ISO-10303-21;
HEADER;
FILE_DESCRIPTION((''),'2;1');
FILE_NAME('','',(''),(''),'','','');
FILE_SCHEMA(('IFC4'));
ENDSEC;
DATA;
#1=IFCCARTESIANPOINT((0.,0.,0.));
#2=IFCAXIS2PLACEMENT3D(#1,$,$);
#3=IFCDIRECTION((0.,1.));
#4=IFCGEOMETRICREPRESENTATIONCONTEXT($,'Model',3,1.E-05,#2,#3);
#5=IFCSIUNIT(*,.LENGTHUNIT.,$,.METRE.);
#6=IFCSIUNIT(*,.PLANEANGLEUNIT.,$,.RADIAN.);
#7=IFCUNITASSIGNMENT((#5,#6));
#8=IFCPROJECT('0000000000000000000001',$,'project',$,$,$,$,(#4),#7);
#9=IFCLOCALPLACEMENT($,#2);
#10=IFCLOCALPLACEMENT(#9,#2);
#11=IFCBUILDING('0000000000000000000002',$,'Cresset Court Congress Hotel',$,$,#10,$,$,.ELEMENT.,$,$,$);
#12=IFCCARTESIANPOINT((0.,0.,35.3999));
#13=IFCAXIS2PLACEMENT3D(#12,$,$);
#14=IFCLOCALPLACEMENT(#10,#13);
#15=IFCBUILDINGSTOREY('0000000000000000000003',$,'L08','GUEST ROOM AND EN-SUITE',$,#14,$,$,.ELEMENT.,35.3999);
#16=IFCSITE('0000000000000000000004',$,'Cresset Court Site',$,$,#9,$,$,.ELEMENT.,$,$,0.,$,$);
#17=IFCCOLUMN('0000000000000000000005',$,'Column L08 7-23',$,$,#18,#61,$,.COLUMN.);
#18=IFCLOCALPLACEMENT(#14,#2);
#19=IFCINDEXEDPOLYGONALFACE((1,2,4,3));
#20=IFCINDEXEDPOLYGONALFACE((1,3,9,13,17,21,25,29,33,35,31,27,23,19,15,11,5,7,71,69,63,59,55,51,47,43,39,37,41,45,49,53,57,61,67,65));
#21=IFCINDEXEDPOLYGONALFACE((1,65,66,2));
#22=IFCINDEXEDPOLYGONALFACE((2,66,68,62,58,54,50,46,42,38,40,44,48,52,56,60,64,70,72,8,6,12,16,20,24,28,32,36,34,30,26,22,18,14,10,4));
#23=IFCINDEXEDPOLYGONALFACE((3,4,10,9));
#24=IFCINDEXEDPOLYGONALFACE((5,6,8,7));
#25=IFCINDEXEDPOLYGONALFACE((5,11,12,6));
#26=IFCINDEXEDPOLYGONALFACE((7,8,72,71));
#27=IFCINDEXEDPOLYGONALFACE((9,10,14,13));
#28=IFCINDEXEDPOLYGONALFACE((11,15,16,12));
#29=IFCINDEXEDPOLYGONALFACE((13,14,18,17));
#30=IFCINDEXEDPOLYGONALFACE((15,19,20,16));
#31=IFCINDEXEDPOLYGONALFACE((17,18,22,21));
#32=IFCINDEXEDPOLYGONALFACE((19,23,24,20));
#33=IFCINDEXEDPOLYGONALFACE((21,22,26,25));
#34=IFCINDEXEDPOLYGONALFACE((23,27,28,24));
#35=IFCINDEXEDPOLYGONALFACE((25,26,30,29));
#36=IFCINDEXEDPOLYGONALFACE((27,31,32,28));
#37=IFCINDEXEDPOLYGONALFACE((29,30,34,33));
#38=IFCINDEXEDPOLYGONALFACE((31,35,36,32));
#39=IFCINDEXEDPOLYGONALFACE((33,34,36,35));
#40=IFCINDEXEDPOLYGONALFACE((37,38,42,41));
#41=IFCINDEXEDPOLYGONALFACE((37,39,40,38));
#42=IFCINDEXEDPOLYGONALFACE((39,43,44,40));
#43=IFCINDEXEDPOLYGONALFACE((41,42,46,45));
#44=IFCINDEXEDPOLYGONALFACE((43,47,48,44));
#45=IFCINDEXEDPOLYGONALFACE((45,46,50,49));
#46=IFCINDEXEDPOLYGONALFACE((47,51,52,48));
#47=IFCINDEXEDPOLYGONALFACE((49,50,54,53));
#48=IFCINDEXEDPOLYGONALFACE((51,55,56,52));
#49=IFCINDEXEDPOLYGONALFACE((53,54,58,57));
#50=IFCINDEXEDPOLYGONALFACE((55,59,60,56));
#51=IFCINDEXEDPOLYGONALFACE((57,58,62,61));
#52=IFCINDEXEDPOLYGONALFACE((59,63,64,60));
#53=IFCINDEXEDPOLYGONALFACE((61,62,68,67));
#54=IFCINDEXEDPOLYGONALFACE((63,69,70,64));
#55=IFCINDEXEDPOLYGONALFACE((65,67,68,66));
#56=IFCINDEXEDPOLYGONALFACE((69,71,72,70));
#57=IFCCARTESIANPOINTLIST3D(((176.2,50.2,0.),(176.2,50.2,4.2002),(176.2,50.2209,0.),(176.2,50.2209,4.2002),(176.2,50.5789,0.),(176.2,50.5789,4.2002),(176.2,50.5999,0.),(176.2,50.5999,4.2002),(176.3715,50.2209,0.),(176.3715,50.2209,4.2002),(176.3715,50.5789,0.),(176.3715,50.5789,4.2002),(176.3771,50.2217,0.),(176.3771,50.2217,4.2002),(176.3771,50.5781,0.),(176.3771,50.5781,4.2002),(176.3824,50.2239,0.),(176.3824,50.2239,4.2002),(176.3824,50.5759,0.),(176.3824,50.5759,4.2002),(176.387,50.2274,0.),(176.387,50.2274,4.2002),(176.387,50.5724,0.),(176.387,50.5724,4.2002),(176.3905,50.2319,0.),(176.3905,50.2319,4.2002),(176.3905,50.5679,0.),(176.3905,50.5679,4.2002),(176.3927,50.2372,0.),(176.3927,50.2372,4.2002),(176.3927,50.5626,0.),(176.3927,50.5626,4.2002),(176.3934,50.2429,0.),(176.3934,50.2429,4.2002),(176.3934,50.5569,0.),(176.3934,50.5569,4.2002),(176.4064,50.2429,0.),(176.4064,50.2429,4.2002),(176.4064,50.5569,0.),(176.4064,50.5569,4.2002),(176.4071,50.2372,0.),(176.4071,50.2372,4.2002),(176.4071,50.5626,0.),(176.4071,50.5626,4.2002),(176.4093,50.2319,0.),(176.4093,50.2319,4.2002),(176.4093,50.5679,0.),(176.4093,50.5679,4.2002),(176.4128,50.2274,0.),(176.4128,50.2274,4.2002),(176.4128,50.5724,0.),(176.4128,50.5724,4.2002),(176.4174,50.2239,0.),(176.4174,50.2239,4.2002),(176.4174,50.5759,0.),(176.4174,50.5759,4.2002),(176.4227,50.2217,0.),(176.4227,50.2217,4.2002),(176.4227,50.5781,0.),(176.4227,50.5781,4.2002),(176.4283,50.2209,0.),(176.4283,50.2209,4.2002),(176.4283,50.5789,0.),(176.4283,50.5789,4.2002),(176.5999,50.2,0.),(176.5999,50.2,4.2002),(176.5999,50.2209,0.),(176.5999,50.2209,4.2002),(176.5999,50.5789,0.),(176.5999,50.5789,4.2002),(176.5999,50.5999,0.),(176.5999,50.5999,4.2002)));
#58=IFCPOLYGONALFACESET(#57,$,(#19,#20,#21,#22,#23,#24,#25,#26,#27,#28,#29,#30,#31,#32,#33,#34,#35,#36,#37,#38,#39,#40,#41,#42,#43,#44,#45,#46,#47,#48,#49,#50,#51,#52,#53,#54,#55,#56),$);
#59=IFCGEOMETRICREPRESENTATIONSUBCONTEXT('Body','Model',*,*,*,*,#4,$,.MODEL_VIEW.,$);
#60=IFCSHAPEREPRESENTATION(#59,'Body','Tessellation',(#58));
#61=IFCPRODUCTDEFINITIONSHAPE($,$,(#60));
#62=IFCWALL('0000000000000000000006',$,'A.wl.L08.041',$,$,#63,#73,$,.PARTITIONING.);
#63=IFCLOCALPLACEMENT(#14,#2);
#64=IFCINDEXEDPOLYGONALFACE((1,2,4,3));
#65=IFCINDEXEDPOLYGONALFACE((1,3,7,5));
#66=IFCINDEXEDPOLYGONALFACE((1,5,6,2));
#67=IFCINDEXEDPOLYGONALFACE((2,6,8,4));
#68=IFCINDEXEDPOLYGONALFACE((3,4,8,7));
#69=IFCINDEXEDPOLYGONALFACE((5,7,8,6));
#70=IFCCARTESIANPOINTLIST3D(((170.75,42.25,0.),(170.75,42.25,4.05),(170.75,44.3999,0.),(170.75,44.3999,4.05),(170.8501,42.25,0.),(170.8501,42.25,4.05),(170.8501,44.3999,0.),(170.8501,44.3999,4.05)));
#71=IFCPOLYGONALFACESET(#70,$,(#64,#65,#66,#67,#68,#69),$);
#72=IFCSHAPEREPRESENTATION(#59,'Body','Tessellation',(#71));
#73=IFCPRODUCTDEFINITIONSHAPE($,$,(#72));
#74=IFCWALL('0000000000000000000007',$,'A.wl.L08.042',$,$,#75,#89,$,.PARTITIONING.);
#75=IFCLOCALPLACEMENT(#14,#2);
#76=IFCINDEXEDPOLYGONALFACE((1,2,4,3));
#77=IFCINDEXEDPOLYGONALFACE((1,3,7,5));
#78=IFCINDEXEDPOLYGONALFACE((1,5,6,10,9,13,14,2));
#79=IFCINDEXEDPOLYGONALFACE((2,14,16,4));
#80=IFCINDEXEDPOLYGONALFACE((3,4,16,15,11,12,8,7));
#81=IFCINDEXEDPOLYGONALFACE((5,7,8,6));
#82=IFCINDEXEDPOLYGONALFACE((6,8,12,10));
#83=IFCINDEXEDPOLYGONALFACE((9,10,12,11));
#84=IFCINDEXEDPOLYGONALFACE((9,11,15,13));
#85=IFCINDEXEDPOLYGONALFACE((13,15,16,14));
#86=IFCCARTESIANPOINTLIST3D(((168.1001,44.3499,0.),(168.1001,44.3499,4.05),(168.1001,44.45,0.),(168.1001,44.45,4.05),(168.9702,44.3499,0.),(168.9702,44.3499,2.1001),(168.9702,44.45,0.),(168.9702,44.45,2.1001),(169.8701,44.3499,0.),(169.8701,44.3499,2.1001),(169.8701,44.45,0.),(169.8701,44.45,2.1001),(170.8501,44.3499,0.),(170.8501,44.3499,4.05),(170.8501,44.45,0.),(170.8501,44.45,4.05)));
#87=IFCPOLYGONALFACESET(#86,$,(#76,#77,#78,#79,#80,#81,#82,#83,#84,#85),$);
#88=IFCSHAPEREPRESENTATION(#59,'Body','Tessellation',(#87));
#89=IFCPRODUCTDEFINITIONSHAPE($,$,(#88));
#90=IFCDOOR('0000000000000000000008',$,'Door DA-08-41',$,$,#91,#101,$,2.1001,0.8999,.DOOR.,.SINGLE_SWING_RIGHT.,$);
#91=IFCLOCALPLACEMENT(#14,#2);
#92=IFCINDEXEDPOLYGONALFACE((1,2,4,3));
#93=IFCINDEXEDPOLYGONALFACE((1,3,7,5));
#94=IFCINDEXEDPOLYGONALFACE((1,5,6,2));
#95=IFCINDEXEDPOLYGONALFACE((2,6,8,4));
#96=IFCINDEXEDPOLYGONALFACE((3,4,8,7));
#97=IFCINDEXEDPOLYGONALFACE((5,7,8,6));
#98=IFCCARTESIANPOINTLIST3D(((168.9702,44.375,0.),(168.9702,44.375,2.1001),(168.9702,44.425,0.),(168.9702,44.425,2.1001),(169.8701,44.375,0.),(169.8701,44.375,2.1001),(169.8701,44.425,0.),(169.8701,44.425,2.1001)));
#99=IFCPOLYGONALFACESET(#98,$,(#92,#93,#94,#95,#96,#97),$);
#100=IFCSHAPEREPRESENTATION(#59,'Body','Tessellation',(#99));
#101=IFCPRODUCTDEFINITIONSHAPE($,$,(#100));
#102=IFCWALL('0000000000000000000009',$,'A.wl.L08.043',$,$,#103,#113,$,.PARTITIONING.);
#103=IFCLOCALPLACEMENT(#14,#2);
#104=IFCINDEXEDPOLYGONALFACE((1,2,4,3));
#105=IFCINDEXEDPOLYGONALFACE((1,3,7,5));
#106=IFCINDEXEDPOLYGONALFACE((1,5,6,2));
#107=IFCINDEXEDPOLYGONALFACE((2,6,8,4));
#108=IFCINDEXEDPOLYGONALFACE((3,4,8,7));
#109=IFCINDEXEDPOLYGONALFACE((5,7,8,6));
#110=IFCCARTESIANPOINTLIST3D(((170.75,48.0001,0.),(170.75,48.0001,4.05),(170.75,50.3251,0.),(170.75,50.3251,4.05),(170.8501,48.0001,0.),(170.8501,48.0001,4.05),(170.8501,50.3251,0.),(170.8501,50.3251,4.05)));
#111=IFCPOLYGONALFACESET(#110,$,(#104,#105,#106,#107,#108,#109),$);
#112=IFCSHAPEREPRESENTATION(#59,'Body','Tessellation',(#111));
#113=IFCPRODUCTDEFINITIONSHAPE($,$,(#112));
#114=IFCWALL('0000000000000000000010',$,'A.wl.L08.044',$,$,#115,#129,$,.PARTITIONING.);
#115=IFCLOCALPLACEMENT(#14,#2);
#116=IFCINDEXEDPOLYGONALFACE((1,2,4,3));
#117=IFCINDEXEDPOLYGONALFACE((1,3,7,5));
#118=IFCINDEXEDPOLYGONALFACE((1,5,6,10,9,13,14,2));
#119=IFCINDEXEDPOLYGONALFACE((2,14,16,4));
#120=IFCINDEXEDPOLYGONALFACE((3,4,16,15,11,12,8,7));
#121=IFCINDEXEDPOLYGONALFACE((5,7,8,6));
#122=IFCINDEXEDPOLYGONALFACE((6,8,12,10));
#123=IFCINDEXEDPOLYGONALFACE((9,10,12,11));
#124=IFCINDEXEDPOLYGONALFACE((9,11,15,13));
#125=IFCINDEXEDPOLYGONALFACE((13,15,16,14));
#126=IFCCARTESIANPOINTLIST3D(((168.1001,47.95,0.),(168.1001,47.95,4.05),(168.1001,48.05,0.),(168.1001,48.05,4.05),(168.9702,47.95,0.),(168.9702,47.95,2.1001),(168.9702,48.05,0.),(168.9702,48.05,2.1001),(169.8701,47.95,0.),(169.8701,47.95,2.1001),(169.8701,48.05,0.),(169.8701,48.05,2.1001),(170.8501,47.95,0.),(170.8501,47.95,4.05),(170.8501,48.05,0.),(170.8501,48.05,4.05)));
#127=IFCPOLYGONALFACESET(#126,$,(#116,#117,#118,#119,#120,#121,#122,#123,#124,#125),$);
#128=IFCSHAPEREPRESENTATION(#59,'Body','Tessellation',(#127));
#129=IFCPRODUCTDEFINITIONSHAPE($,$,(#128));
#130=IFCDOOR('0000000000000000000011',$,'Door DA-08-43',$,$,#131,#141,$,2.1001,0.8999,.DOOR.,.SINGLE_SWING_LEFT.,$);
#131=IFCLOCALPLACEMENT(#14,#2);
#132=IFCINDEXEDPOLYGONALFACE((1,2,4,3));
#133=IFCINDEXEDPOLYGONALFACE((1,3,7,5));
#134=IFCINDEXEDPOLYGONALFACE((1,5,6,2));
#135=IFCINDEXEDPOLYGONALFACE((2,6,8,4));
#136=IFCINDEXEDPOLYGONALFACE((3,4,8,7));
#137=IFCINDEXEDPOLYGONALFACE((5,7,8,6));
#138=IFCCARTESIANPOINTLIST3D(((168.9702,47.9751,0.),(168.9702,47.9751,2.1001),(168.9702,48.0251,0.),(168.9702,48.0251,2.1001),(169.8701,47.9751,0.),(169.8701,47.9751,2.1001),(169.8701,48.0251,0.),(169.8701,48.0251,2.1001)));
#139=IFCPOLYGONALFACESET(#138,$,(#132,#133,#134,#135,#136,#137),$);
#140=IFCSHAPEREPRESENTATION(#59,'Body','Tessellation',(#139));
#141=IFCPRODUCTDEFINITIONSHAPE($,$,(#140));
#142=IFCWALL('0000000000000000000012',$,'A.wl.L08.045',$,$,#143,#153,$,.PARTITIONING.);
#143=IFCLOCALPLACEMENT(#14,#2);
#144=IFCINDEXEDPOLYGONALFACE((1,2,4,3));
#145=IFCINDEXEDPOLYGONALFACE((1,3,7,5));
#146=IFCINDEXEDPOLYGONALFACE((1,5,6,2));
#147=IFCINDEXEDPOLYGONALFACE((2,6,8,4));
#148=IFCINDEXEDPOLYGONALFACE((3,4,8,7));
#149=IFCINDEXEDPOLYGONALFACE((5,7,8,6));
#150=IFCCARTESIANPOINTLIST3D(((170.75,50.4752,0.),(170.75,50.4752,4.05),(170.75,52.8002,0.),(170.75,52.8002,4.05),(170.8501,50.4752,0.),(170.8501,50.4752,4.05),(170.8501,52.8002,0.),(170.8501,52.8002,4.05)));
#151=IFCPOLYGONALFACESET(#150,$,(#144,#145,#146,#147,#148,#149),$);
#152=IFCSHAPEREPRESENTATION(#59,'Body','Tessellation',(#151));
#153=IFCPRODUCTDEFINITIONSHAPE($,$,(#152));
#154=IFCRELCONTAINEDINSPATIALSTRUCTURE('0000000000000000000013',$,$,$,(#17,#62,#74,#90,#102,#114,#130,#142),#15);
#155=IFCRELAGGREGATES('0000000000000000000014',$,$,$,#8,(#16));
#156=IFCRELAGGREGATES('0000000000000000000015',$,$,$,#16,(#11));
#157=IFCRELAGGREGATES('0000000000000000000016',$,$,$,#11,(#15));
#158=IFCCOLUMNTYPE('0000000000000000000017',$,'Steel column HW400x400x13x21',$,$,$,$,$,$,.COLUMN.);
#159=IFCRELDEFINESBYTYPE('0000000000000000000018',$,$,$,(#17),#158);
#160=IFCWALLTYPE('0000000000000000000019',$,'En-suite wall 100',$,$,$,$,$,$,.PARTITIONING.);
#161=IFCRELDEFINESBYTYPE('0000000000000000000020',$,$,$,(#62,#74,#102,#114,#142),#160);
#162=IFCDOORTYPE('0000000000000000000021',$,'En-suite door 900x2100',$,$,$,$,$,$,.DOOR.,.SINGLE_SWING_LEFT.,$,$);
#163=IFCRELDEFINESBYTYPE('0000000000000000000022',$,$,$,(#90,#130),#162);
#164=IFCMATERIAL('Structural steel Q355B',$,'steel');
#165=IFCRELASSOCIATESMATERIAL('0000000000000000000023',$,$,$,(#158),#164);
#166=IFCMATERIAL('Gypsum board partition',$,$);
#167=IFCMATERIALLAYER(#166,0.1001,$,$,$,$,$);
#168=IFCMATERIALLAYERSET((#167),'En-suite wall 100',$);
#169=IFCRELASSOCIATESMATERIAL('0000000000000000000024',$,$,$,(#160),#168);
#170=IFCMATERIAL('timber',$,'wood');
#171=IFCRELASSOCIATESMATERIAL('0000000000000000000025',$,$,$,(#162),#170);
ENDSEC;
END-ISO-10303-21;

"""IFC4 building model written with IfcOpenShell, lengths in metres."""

from ifc_helpers import new_model, si_unit, direction, frame, frame_2d, origin, origin_2d, place, context, subcontext, project, spatial, rectangle, i_section, extrude, material, layer, layer_set, material_profile, profile_set, type_object, element, fill, save


model = new_model("IFC4")

# Units and contexts
model_context = context("Model", 3, precision=1e-05, world=origin(), true_north=direction((0.0, 1.0)))
body_context = subcontext(model_context, "Body", "Model", "MODEL_VIEW")
ifc_project = project(units=[si_unit("LENGTHUNIT", "METRE"), si_unit("PLANEANGLEUNIT", "RADIAN")], contexts=[model_context])

# Site, building, storey
site_placement = place(None, origin())
site = spatial("IfcSite", under=ifc_project, at=site_placement, Name="Cresset Court Site", CompositionType="ELEMENT", RefElevation=0.0)
building_placement = place(site_placement, origin())
building = spatial("IfcBuilding", under=site, at=building_placement, Name="Cresset Court Congress Hotel", CompositionType="ELEMENT")
storey_placement = place(building_placement, frame((0.0, 0.0, 35.3999)))
storey = spatial("IfcBuildingStorey", under=building, at=storey_placement, Name="L08", Description="GUEST ROOM AND EN-SUITE", CompositionType="ELEMENT", Elevation=35.3999)

# Column
ifc_material_1 = material(Name="Structural steel Q355B", Category="steel")
ifc_material_profile = material_profile(ifc_material_1, i_section(OverallWidth=0.3999, OverallDepth=0.3999, WebThickness=0.0129, FlangeThickness=0.021, FilletRadius=0.022, at=origin_2d()), Name="HW400x400x13x21")
ifc_profile_set = profile_set([ifc_material_profile], Name="Structural steel Q355B")
column_type = type_object("IfcColumnType", Name="Steel column HW400x400x13x21", PredefinedType="COLUMN", material=ifc_profile_set)
column_placement = place(storey_placement, frame((176.3999, 50.3999, 0.0), z_axis=(0.0, 0.0, 1.0), x_axis=(1.0, 0.0, 0.0)))
element("IfcColumn", 1, at=column_placement, inside=storey, type_object=column_type, Name="Column L08 7-23", PredefinedType="COLUMN", context=body_context, shape_type="SweptSolid", body=[
    extrude(i_section(OverallWidth=0.3999, OverallDepth=0.3999, WebThickness=0.0129, FlangeThickness=0.021, FilletRadius=0.022, at=origin_2d()), origin(), (0.0, 0.0, 1.0), 4.2002),
])

# Wall
ifc_material_2 = material(Name="Gypsum board partition")
ifc_layer_1 = layer(ifc_material_2, 0.1001)
ifc_layer_set_1 = layer_set([ifc_layer_1], Name="En-suite wall 100")
wall_type_1 = type_object("IfcWallType", Name="En-suite wall 100", PredefinedType="PARTITIONING", material=ifc_layer_set_1)
wall_1_placement = place(storey_placement, frame((170.8, 42.25, 0.0), z_axis=(0.0, 0.0, 1.0), x_axis=(0.0, 1.0, 0.0)))
element("IfcWall", 2, at=wall_1_placement, inside=storey, type_object=wall_type_1, Name="A.wl.L08.041", PredefinedType="PARTITIONING", context=body_context, shape_type="SweptSolid", body=[
    extrude(rectangle(XDim=2.1499, YDim=0.1001, at=frame_2d((1.075, 0.0))), origin(), (0.0, 0.0, 1.0), 4.05),
])

# Wall, opening, door
wall_2_placement = place(storey_placement, frame((170.8501, 44.3999, 0.0), z_axis=(0.0, 0.0, 1.0), x_axis=(-1.0, 0.0, 0.0)))
wall_2 = element("IfcWall", 3, at=wall_2_placement, inside=storey, type_object=wall_type_1, Name="A.wl.L08.042", PredefinedType="PARTITIONING", context=body_context, shape_type="SweptSolid", body=[
    extrude(rectangle(XDim=2.75, YDim=0.1001, at=frame_2d((1.375, 0.0))), origin(), (0.0, 0.0, 1.0), 4.05),
])
opening_1_placement = place(wall_2_placement, frame((0.98, 0.0, 0.0)))
opening_1 = element("IfcOpeningElement", 4, at=opening_1_placement, cuts=wall_2, PredefinedType="OPENING", context=body_context, shape_type="SweptSolid", body=[
    extrude(rectangle(XDim=0.8999, YDim=2.1001, at=frame_2d((0.45, 1.05))), frame((0.0, 0.0601, 0.0), z_axis=(0.0, -1.0, 0.0), x_axis=(1.0, 0.0, 0.0)), (0.0, 0.0, 1.0), 0.1201),
])
ifc_material_3 = material(Name="timber", Category="wood")
door_type = type_object("IfcDoorType", Name="En-suite door 900x2100", OperationType="SINGLE_SWING_LEFT", PredefinedType="DOOR", material=ifc_material_3)
door_1_placement = place(opening_1_placement, origin())
door_1 = element("IfcDoor", 5, at=door_1_placement, inside=storey, type_object=door_type, Name="Door DA-08-41", OperationType="SINGLE_SWING_RIGHT", OverallHeight=2.1001, OverallWidth=0.8999, PredefinedType="DOOR", context=body_context, shape_type="SweptSolid", body=[
    extrude(rectangle(XDim=0.8999, YDim=2.1001, at=frame_2d((0.45, 1.05))), frame((0.0, 0.0249, 0.0), z_axis=(0.0, -1.0, 0.0), x_axis=(1.0, 0.0, 0.0)), (0.0, 0.0, 1.0), 0.05),
])
fill(opening_1, door_1)

# Wall
wall_3_placement = place(storey_placement, frame((170.8, 48.0, 0.0), z_axis=(0.0, 0.0, 1.0), x_axis=(0.0, 1.0, 0.0)))
element("IfcWall", 6, at=wall_3_placement, inside=storey, type_object=wall_type_1, Name="A.wl.L08.043", PredefinedType="PARTITIONING", context=body_context, shape_type="SweptSolid", body=[
    extrude(rectangle(XDim=2.325, YDim=0.1001, at=frame_2d((1.1626, 0.0))), origin(), (0.0, 0.0, 1.0), 4.05),
])

# Wall, opening, door
wall_4_placement = place(storey_placement, frame((170.8501, 48.0, 0.0), z_axis=(0.0, 0.0, 1.0), x_axis=(-1.0, 0.0, 0.0)))
wall_4 = element("IfcWall", 7, at=wall_4_placement, inside=storey, type_object=wall_type_1, Name="A.wl.L08.044", PredefinedType="PARTITIONING", context=body_context, shape_type="SweptSolid", body=[
    extrude(rectangle(XDim=2.75, YDim=0.1001, at=frame_2d((1.375, 0.0))), origin(), (0.0, 0.0, 1.0), 4.05),
])
opening_2_placement = place(wall_4_placement, frame((0.98, 0.0, 0.0)))
opening_2 = element("IfcOpeningElement", 8, at=opening_2_placement, cuts=wall_4, PredefinedType="OPENING", context=body_context, shape_type="SweptSolid", body=[
    extrude(rectangle(XDim=0.8999, YDim=2.1001, at=frame_2d((0.45, 1.05))), frame((0.0, 0.0601, 0.0), z_axis=(0.0, -1.0, 0.0), x_axis=(1.0, 0.0, 0.0)), (0.0, 0.0, 1.0), 0.1201),
])
door_2_placement = place(opening_2_placement, origin())
door_2 = element("IfcDoor", 9, at=door_2_placement, inside=storey, type_object=door_type, Name="Door DA-08-43", OperationType="SINGLE_SWING_LEFT", OverallHeight=2.1001, OverallWidth=0.8999, PredefinedType="DOOR", context=body_context, shape_type="SweptSolid", body=[
    extrude(rectangle(XDim=0.8999, YDim=2.1001, at=frame_2d((0.45, 1.05))), frame((0.0, 0.0249, 0.0), z_axis=(0.0, -1.0, 0.0), x_axis=(1.0, 0.0, 0.0)), (0.0, 0.0, 1.0), 0.05),
])
fill(opening_2, door_2)

# Wall
wall_5_placement = place(storey_placement, frame((170.8, 50.4751, 0.0), z_axis=(0.0, 0.0, 1.0), x_axis=(0.0, 1.0, 0.0)))
element("IfcWall", 10, at=wall_5_placement, inside=storey, type_object=wall_type_1, Name="A.wl.L08.045", PredefinedType="PARTITIONING", context=body_context, shape_type="SweptSolid", body=[
    extrude(rectangle(XDim=2.325, YDim=0.1001, at=frame_2d((1.1626, 0.0))), origin(), (0.0, 0.0, 1.0), 4.05),
])

save(model, "model.ifc")
